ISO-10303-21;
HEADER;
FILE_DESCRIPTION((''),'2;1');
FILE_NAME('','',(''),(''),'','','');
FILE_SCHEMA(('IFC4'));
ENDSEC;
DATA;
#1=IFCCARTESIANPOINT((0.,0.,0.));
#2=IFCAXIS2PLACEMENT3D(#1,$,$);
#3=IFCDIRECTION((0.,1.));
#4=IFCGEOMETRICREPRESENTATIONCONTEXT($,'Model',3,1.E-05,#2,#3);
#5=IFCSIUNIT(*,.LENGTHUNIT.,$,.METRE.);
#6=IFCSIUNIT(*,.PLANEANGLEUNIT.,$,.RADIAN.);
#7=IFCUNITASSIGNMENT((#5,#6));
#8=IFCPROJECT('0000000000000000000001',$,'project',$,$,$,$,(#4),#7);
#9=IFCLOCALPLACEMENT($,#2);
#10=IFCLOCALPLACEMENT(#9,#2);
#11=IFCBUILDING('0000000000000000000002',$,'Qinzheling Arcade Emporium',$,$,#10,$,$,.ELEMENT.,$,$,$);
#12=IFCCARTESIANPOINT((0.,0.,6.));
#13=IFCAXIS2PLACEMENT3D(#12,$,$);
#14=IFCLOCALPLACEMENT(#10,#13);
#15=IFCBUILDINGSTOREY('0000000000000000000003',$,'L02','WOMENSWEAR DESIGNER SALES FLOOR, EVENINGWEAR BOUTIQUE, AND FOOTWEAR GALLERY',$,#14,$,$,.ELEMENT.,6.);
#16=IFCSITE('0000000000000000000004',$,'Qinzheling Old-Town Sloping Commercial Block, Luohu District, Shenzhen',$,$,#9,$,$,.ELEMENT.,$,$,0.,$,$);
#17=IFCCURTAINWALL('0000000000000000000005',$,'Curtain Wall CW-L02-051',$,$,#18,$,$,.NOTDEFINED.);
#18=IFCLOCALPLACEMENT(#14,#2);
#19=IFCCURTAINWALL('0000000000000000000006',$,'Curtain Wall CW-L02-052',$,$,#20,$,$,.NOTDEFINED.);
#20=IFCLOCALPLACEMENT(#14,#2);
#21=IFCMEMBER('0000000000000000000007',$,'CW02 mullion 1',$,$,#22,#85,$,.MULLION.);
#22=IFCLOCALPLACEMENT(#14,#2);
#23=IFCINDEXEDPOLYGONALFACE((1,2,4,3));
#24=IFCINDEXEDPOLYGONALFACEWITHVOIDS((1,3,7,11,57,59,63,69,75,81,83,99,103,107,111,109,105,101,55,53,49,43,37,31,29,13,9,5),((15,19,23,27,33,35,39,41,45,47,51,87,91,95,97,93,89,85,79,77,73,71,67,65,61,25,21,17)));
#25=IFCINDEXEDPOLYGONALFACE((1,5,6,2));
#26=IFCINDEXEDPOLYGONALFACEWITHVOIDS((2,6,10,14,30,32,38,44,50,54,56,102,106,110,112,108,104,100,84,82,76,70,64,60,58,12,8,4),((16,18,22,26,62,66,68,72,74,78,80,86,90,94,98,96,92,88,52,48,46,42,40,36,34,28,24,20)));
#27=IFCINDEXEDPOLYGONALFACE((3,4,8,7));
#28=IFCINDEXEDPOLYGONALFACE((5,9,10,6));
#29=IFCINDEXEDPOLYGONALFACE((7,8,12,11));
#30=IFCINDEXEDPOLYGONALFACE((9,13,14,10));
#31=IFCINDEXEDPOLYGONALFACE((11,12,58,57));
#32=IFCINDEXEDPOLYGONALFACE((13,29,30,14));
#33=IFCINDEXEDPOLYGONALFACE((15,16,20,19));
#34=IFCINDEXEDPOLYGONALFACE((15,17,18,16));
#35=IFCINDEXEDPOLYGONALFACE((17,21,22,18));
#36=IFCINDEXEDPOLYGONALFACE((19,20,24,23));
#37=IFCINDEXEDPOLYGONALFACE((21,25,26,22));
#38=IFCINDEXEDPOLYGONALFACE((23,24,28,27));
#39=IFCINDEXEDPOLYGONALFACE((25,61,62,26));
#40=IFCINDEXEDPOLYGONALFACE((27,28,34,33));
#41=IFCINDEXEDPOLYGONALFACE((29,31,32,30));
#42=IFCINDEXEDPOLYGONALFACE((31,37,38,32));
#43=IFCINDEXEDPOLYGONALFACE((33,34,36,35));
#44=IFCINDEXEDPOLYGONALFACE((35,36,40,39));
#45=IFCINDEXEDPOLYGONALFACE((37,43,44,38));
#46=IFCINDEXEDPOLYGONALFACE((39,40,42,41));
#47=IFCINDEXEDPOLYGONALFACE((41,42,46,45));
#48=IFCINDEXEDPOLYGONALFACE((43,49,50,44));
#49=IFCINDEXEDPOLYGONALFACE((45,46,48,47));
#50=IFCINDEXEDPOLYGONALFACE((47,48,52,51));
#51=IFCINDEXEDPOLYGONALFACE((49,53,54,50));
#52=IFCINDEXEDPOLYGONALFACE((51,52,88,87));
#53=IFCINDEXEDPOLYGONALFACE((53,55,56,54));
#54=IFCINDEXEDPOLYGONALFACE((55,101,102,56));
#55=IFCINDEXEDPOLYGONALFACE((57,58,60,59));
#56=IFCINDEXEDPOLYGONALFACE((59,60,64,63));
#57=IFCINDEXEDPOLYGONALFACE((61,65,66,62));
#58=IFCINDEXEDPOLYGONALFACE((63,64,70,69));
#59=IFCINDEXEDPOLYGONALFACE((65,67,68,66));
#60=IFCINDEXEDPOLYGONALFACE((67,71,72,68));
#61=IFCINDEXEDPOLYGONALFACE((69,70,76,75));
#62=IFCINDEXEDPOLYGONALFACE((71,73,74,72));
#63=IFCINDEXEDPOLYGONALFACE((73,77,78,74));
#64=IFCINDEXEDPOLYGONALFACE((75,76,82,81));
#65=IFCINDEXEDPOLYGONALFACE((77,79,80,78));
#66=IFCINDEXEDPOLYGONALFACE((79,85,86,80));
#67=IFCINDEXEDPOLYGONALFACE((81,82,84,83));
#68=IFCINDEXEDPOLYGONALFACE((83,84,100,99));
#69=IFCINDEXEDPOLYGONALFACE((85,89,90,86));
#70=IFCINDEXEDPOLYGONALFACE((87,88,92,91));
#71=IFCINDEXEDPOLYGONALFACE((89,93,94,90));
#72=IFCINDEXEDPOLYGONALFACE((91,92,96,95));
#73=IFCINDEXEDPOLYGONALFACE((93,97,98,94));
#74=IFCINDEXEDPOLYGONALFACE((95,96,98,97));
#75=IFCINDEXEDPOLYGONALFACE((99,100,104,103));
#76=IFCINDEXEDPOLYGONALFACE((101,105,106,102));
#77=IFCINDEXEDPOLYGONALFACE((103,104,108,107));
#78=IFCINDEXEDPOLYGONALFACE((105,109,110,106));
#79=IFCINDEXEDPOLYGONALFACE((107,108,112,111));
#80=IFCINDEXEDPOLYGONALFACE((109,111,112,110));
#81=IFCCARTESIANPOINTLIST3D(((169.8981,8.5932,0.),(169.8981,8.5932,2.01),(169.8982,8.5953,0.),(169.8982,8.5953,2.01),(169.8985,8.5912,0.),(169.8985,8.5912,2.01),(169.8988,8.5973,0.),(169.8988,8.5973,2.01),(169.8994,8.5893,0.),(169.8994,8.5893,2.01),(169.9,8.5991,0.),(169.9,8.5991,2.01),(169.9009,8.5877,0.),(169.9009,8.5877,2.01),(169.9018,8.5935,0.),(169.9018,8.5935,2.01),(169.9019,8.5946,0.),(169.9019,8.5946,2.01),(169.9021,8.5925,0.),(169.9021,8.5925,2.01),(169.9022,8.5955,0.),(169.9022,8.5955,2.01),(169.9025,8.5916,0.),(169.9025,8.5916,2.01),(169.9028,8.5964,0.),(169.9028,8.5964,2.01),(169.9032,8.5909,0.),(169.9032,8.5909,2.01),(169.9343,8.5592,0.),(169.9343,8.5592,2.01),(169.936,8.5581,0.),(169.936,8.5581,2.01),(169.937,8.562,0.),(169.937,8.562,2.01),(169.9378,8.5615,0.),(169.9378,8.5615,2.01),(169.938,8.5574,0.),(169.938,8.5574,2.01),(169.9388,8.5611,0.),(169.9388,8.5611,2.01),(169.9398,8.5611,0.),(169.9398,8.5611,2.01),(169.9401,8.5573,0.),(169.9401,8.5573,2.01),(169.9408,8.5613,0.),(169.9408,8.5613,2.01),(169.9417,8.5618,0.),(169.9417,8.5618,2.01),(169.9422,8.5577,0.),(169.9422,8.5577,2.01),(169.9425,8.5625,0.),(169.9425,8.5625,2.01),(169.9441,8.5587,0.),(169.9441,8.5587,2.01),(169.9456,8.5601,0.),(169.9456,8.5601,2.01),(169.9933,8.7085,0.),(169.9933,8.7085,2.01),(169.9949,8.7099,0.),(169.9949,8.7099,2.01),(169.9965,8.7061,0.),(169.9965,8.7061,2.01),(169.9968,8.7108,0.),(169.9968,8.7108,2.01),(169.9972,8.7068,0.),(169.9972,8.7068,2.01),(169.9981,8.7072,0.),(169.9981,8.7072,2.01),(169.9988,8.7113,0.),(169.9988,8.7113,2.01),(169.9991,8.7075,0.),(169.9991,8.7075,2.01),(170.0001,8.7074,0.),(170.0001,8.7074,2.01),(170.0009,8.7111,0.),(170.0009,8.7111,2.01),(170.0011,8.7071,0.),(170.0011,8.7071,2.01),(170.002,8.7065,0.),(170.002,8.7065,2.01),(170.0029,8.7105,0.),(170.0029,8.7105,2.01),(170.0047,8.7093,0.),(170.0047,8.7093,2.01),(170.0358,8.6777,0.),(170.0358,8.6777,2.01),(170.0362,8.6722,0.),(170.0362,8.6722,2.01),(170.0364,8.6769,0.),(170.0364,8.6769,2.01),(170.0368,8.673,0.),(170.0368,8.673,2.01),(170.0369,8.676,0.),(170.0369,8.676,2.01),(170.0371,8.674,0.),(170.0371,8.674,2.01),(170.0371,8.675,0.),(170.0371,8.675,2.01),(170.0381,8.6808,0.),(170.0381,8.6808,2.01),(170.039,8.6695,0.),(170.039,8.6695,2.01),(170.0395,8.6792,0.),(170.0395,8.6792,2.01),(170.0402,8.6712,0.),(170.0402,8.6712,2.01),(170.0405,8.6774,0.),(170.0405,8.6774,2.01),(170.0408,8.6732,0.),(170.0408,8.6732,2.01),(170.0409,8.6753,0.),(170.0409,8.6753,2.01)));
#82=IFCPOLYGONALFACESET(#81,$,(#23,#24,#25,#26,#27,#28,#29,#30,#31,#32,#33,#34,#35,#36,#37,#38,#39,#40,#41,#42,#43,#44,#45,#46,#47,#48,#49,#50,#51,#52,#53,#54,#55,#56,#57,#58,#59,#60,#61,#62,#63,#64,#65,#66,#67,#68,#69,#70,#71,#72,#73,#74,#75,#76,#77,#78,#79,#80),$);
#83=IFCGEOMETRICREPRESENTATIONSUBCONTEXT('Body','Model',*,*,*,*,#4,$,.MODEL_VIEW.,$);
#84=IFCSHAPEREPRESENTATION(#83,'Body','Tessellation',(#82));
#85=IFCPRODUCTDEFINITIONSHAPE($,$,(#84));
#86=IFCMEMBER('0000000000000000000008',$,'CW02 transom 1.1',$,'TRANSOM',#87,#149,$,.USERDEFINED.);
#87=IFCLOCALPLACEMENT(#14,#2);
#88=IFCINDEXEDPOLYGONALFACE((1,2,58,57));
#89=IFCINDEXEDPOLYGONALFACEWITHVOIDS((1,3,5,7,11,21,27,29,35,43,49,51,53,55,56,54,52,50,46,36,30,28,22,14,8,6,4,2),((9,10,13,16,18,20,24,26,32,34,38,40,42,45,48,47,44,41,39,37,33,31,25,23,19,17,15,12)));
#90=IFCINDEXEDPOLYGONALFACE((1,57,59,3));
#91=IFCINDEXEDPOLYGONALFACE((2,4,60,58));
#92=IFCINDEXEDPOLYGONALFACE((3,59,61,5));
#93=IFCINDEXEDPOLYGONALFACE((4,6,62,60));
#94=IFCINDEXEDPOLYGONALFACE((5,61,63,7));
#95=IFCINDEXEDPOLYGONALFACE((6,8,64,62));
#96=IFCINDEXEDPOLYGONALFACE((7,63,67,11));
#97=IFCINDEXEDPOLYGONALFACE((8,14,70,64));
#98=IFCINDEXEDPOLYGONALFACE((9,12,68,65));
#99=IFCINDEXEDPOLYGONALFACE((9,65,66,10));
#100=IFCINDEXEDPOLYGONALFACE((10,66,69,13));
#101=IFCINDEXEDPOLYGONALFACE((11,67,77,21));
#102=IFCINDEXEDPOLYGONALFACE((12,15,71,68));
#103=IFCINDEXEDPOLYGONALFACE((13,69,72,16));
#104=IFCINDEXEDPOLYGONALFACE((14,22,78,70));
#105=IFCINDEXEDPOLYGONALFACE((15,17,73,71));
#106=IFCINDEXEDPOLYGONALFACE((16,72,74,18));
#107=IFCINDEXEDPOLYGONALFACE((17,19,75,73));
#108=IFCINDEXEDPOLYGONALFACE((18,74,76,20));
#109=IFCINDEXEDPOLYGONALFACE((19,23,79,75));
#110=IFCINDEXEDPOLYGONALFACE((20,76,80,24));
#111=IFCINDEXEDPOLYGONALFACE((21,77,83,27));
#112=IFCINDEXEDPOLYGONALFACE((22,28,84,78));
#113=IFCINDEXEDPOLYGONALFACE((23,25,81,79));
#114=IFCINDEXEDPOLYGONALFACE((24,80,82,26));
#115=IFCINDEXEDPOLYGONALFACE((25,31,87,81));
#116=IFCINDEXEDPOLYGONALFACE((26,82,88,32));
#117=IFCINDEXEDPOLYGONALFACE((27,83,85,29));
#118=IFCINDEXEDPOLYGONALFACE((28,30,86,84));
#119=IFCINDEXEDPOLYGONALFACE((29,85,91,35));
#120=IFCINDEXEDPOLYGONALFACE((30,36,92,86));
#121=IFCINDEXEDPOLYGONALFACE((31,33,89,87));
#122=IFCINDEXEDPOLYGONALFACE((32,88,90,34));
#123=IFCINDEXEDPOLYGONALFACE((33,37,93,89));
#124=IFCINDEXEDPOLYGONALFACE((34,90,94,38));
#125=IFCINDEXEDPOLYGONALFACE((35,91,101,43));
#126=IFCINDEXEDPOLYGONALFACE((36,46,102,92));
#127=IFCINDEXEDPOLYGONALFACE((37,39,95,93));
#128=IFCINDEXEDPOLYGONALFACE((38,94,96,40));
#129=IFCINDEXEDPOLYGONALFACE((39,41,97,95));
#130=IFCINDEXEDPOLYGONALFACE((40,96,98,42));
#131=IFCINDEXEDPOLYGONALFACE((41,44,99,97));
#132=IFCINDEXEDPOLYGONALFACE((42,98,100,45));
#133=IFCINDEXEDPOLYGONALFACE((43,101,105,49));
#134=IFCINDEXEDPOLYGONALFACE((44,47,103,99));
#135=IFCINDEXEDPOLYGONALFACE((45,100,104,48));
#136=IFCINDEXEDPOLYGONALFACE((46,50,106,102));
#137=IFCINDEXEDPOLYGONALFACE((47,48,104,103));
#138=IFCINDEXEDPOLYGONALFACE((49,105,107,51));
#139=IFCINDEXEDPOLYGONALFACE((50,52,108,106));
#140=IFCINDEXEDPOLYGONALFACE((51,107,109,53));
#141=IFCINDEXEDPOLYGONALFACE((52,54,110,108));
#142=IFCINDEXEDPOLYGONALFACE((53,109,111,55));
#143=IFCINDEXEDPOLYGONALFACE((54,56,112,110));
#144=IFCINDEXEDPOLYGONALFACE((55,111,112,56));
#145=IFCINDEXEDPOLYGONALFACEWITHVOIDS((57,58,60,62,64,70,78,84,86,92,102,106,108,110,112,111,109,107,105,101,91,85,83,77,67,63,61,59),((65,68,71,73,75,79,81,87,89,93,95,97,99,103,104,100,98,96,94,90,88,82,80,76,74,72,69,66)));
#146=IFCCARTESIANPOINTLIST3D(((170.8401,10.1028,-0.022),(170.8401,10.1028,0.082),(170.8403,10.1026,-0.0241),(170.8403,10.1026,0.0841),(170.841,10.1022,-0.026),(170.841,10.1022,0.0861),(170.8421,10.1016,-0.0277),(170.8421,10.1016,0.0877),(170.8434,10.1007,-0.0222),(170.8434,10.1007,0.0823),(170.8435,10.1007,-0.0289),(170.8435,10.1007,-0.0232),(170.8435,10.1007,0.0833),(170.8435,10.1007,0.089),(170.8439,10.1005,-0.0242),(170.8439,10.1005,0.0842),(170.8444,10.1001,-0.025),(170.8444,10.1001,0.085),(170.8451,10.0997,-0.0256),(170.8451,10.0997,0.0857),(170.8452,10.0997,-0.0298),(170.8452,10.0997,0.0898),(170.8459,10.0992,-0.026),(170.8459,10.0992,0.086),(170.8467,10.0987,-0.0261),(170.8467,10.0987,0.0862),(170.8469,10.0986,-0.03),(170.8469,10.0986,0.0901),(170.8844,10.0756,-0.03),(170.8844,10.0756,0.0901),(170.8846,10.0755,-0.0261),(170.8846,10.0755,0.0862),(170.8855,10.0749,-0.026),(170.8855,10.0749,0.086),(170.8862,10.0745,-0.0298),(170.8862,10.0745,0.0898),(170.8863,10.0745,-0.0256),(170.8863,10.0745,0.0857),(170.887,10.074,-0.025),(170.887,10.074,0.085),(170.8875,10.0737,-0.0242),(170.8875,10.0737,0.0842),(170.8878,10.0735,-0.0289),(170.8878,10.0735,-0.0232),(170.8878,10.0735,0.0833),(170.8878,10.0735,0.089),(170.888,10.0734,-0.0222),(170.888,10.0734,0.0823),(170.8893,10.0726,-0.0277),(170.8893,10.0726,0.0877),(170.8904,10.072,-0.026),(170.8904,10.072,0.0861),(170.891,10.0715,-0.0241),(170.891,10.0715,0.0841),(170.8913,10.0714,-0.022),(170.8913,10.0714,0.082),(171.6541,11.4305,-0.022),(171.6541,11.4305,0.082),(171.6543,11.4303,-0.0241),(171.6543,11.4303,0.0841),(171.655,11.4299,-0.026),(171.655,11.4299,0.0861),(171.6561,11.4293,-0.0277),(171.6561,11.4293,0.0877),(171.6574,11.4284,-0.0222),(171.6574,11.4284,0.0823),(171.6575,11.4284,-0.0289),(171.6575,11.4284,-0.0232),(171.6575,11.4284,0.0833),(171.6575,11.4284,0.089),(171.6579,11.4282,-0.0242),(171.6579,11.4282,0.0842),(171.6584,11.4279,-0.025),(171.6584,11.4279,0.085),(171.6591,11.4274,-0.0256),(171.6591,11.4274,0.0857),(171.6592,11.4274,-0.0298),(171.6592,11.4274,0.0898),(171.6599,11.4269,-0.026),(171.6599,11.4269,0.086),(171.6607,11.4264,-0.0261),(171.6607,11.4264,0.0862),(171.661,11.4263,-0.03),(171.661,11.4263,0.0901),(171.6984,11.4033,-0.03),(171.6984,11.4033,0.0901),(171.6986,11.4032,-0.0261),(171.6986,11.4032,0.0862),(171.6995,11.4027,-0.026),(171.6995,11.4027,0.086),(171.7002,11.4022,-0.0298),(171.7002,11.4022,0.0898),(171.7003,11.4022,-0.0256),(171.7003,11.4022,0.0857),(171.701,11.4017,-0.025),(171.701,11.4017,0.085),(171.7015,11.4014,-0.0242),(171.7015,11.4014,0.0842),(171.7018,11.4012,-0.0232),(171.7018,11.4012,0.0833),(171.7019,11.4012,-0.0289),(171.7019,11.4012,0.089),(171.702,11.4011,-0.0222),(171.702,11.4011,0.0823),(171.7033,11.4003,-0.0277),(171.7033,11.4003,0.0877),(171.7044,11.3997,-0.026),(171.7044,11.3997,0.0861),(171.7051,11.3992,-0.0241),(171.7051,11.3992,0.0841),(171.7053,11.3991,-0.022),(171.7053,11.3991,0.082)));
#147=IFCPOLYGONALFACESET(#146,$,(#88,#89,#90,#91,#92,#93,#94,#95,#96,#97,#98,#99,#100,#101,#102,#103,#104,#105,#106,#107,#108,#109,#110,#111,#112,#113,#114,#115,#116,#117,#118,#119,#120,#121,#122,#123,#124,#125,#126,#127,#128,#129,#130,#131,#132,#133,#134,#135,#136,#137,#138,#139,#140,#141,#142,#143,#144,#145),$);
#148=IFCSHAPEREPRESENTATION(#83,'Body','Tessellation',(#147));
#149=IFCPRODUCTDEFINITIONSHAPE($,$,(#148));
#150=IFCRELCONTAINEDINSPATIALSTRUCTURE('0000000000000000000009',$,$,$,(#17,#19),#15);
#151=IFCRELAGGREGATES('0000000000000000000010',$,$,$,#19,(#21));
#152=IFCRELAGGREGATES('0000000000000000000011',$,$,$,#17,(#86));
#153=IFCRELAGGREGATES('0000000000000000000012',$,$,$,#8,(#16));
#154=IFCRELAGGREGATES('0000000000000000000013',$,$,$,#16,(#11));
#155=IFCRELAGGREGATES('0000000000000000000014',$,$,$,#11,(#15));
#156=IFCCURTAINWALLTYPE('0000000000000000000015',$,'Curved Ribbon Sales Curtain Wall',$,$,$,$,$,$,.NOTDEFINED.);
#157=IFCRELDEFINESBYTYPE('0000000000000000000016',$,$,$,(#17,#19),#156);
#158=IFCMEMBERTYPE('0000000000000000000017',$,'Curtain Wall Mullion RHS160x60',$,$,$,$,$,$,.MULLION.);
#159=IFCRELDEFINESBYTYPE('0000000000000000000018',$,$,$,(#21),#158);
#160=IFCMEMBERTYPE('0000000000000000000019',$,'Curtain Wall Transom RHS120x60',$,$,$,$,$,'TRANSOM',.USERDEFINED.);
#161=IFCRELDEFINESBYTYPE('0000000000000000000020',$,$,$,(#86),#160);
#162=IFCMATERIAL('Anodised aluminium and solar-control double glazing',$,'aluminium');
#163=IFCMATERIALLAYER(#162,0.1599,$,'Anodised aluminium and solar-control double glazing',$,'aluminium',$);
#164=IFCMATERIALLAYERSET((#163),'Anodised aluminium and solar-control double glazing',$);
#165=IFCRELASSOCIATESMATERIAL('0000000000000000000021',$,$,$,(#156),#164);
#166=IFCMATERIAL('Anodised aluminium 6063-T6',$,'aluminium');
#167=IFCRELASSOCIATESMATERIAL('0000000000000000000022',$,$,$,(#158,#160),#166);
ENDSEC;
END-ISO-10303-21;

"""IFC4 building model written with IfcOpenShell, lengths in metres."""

from ifc_helpers import new_model, si_unit, direction, frame, origin, origin_2d, place, context, subcontext, project, spatial, hollow_rectangle, extrude, material, layer, layer_set, material_profile, profile_set, type_object, element, aggregate, save


model = new_model("IFC4")

# Units and contexts
model_context = context("Model", 3, precision=1e-05, world=origin(), true_north=direction((0.0, 1.0)))
body_context = subcontext(model_context, "Body", "Model", "MODEL_VIEW")
ifc_project = project(units=[si_unit("LENGTHUNIT", "METRE"), si_unit("PLANEANGLEUNIT", "RADIAN")], contexts=[model_context])

# Site, building, storey
site_placement = place(None, origin())
site = spatial("IfcSite", under=ifc_project, at=site_placement, Name="Qinzheling Old-Town Sloping Commercial Block, Luohu District, Shenzhen", CompositionType="ELEMENT", RefElevation=0.0)
building_placement = place(site_placement, origin())
building = spatial("IfcBuilding", under=site, at=building_placement, Name="Qinzheling Arcade Emporium", CompositionType="ELEMENT")
storey_placement = place(building_placement, frame((0.0, 0.0, 6.0)))
storey = spatial("IfcBuildingStorey", under=building, at=storey_placement, Name="L02", Description="WOMENSWEAR DESIGNER SALES FLOOR, EVENINGWEAR BOUTIQUE, AND FOOTWEAR GALLERY", CompositionType="ELEMENT", Elevation=6.0)

# Curtain wall
ifc_material_1 = material(Name="Anodised aluminium and solar-control double glazing", Category="aluminium")
ifc_layer_1 = layer(ifc_material_1, 0.1599, Name="Anodised aluminium and solar-control double glazing", Category="aluminium")
ifc_layer_set_1 = layer_set([ifc_layer_1], Name="Anodised aluminium and solar-control double glazing")
curtain_wall_type = type_object("IfcCurtainWallType", Name="Curved Ribbon Sales Curtain Wall", PredefinedType="NOTDEFINED", material=ifc_layer_set_1)
curtain_wall_1_placement = place(storey_placement, origin())
curtain_wall_1 = element("IfcCurtainWall", 1, at=curtain_wall_1_placement, inside=storey, type_object=curtain_wall_type, Name="Curtain Wall CW-L02-051", PredefinedType="NOTDEFINED")
ifc_material_2 = material(Name="Anodised aluminium 6063-T6", Category="aluminium")
ifc_material_profile_1 = material_profile(ifc_material_2, hollow_rectangle(XDim=0.0601, YDim=0.1599, WallThickness=0.0039, InnerFilletRadius=0.0039, OuterFilletRadius=0.0081, at=origin_2d()), Name="RHS 160x60x4", Category="aluminium")
ifc_profile_set_1 = profile_set([ifc_material_profile_1], Name="Anodised aluminium 6063-T6")
member_type_1 = type_object("IfcMemberType", Name="Curtain Wall Mullion RHS160x60", PredefinedType="MULLION", material=ifc_profile_set_1)

# Curtain wall, member
curtain_wall_2_placement = place(storey_placement, origin())
curtain_wall_2 = element("IfcCurtainWall", 2, at=curtain_wall_2_placement, inside=storey, type_object=curtain_wall_type, Name="Curtain Wall CW-L02-052", PredefinedType="NOTDEFINED")
member_1_placement = place(storey_placement, frame((169.9695, 8.6343, 0.0), z_axis=(0.0, 0.0, 1.0), x_axis=(0.760458, -0.649388, 0.0)))
member_1 = element("IfcMember", 3, at=member_1_placement, type_object=member_type_1, Name="CW02 mullion 1", PredefinedType="MULLION", context=body_context, shape_type="SweptSolid", body=[
    extrude(hollow_rectangle(XDim=0.0601, YDim=0.1599, WallThickness=0.0039, InnerFilletRadius=0.0039, OuterFilletRadius=0.0081, at=origin_2d()), origin(), (0.0, 0.0, 1.0), 2.01),
])
aggregate(curtain_wall_2, [member_1])

# Member
ifc_material_profile_2 = material_profile(ifc_material_2, hollow_rectangle(XDim=0.0601, YDim=0.1201, WallThickness=0.0039, InnerFilletRadius=0.0039, OuterFilletRadius=0.0081, at=origin_2d()), Name="RHS 120x60x4", Category="aluminium")
ifc_profile_set_2 = profile_set([ifc_material_profile_2], Name="Anodised aluminium 6063-T6")
member_type_2 = type_object("IfcMemberType", Name="Curtain Wall Transom RHS120x60", ElementType="TRANSOM", PredefinedType="USERDEFINED", material=ifc_profile_set_2)
member_2_placement = place(storey_placement, frame((171.6797, 11.4148, 0.03), z_axis=(-0.52268, -0.852529, 0.0), x_axis=(0.852529, -0.52268, 0.0)))
member_2 = element("IfcMember", 4, at=member_2_placement, type_object=member_type_2, Name="CW02 transom 1.1", ObjectType="TRANSOM", PredefinedType="USERDEFINED", context=body_context, shape_type="SweptSolid", body=[
    extrude(hollow_rectangle(XDim=0.0601, YDim=0.1201, WallThickness=0.0039, InnerFilletRadius=0.0039, OuterFilletRadius=0.0081, at=origin_2d()), origin(), (0.0, 0.0, 1.0), 1.5574),
])

aggregate(curtain_wall_1, [member_2])

save(model, "model.ifc")
